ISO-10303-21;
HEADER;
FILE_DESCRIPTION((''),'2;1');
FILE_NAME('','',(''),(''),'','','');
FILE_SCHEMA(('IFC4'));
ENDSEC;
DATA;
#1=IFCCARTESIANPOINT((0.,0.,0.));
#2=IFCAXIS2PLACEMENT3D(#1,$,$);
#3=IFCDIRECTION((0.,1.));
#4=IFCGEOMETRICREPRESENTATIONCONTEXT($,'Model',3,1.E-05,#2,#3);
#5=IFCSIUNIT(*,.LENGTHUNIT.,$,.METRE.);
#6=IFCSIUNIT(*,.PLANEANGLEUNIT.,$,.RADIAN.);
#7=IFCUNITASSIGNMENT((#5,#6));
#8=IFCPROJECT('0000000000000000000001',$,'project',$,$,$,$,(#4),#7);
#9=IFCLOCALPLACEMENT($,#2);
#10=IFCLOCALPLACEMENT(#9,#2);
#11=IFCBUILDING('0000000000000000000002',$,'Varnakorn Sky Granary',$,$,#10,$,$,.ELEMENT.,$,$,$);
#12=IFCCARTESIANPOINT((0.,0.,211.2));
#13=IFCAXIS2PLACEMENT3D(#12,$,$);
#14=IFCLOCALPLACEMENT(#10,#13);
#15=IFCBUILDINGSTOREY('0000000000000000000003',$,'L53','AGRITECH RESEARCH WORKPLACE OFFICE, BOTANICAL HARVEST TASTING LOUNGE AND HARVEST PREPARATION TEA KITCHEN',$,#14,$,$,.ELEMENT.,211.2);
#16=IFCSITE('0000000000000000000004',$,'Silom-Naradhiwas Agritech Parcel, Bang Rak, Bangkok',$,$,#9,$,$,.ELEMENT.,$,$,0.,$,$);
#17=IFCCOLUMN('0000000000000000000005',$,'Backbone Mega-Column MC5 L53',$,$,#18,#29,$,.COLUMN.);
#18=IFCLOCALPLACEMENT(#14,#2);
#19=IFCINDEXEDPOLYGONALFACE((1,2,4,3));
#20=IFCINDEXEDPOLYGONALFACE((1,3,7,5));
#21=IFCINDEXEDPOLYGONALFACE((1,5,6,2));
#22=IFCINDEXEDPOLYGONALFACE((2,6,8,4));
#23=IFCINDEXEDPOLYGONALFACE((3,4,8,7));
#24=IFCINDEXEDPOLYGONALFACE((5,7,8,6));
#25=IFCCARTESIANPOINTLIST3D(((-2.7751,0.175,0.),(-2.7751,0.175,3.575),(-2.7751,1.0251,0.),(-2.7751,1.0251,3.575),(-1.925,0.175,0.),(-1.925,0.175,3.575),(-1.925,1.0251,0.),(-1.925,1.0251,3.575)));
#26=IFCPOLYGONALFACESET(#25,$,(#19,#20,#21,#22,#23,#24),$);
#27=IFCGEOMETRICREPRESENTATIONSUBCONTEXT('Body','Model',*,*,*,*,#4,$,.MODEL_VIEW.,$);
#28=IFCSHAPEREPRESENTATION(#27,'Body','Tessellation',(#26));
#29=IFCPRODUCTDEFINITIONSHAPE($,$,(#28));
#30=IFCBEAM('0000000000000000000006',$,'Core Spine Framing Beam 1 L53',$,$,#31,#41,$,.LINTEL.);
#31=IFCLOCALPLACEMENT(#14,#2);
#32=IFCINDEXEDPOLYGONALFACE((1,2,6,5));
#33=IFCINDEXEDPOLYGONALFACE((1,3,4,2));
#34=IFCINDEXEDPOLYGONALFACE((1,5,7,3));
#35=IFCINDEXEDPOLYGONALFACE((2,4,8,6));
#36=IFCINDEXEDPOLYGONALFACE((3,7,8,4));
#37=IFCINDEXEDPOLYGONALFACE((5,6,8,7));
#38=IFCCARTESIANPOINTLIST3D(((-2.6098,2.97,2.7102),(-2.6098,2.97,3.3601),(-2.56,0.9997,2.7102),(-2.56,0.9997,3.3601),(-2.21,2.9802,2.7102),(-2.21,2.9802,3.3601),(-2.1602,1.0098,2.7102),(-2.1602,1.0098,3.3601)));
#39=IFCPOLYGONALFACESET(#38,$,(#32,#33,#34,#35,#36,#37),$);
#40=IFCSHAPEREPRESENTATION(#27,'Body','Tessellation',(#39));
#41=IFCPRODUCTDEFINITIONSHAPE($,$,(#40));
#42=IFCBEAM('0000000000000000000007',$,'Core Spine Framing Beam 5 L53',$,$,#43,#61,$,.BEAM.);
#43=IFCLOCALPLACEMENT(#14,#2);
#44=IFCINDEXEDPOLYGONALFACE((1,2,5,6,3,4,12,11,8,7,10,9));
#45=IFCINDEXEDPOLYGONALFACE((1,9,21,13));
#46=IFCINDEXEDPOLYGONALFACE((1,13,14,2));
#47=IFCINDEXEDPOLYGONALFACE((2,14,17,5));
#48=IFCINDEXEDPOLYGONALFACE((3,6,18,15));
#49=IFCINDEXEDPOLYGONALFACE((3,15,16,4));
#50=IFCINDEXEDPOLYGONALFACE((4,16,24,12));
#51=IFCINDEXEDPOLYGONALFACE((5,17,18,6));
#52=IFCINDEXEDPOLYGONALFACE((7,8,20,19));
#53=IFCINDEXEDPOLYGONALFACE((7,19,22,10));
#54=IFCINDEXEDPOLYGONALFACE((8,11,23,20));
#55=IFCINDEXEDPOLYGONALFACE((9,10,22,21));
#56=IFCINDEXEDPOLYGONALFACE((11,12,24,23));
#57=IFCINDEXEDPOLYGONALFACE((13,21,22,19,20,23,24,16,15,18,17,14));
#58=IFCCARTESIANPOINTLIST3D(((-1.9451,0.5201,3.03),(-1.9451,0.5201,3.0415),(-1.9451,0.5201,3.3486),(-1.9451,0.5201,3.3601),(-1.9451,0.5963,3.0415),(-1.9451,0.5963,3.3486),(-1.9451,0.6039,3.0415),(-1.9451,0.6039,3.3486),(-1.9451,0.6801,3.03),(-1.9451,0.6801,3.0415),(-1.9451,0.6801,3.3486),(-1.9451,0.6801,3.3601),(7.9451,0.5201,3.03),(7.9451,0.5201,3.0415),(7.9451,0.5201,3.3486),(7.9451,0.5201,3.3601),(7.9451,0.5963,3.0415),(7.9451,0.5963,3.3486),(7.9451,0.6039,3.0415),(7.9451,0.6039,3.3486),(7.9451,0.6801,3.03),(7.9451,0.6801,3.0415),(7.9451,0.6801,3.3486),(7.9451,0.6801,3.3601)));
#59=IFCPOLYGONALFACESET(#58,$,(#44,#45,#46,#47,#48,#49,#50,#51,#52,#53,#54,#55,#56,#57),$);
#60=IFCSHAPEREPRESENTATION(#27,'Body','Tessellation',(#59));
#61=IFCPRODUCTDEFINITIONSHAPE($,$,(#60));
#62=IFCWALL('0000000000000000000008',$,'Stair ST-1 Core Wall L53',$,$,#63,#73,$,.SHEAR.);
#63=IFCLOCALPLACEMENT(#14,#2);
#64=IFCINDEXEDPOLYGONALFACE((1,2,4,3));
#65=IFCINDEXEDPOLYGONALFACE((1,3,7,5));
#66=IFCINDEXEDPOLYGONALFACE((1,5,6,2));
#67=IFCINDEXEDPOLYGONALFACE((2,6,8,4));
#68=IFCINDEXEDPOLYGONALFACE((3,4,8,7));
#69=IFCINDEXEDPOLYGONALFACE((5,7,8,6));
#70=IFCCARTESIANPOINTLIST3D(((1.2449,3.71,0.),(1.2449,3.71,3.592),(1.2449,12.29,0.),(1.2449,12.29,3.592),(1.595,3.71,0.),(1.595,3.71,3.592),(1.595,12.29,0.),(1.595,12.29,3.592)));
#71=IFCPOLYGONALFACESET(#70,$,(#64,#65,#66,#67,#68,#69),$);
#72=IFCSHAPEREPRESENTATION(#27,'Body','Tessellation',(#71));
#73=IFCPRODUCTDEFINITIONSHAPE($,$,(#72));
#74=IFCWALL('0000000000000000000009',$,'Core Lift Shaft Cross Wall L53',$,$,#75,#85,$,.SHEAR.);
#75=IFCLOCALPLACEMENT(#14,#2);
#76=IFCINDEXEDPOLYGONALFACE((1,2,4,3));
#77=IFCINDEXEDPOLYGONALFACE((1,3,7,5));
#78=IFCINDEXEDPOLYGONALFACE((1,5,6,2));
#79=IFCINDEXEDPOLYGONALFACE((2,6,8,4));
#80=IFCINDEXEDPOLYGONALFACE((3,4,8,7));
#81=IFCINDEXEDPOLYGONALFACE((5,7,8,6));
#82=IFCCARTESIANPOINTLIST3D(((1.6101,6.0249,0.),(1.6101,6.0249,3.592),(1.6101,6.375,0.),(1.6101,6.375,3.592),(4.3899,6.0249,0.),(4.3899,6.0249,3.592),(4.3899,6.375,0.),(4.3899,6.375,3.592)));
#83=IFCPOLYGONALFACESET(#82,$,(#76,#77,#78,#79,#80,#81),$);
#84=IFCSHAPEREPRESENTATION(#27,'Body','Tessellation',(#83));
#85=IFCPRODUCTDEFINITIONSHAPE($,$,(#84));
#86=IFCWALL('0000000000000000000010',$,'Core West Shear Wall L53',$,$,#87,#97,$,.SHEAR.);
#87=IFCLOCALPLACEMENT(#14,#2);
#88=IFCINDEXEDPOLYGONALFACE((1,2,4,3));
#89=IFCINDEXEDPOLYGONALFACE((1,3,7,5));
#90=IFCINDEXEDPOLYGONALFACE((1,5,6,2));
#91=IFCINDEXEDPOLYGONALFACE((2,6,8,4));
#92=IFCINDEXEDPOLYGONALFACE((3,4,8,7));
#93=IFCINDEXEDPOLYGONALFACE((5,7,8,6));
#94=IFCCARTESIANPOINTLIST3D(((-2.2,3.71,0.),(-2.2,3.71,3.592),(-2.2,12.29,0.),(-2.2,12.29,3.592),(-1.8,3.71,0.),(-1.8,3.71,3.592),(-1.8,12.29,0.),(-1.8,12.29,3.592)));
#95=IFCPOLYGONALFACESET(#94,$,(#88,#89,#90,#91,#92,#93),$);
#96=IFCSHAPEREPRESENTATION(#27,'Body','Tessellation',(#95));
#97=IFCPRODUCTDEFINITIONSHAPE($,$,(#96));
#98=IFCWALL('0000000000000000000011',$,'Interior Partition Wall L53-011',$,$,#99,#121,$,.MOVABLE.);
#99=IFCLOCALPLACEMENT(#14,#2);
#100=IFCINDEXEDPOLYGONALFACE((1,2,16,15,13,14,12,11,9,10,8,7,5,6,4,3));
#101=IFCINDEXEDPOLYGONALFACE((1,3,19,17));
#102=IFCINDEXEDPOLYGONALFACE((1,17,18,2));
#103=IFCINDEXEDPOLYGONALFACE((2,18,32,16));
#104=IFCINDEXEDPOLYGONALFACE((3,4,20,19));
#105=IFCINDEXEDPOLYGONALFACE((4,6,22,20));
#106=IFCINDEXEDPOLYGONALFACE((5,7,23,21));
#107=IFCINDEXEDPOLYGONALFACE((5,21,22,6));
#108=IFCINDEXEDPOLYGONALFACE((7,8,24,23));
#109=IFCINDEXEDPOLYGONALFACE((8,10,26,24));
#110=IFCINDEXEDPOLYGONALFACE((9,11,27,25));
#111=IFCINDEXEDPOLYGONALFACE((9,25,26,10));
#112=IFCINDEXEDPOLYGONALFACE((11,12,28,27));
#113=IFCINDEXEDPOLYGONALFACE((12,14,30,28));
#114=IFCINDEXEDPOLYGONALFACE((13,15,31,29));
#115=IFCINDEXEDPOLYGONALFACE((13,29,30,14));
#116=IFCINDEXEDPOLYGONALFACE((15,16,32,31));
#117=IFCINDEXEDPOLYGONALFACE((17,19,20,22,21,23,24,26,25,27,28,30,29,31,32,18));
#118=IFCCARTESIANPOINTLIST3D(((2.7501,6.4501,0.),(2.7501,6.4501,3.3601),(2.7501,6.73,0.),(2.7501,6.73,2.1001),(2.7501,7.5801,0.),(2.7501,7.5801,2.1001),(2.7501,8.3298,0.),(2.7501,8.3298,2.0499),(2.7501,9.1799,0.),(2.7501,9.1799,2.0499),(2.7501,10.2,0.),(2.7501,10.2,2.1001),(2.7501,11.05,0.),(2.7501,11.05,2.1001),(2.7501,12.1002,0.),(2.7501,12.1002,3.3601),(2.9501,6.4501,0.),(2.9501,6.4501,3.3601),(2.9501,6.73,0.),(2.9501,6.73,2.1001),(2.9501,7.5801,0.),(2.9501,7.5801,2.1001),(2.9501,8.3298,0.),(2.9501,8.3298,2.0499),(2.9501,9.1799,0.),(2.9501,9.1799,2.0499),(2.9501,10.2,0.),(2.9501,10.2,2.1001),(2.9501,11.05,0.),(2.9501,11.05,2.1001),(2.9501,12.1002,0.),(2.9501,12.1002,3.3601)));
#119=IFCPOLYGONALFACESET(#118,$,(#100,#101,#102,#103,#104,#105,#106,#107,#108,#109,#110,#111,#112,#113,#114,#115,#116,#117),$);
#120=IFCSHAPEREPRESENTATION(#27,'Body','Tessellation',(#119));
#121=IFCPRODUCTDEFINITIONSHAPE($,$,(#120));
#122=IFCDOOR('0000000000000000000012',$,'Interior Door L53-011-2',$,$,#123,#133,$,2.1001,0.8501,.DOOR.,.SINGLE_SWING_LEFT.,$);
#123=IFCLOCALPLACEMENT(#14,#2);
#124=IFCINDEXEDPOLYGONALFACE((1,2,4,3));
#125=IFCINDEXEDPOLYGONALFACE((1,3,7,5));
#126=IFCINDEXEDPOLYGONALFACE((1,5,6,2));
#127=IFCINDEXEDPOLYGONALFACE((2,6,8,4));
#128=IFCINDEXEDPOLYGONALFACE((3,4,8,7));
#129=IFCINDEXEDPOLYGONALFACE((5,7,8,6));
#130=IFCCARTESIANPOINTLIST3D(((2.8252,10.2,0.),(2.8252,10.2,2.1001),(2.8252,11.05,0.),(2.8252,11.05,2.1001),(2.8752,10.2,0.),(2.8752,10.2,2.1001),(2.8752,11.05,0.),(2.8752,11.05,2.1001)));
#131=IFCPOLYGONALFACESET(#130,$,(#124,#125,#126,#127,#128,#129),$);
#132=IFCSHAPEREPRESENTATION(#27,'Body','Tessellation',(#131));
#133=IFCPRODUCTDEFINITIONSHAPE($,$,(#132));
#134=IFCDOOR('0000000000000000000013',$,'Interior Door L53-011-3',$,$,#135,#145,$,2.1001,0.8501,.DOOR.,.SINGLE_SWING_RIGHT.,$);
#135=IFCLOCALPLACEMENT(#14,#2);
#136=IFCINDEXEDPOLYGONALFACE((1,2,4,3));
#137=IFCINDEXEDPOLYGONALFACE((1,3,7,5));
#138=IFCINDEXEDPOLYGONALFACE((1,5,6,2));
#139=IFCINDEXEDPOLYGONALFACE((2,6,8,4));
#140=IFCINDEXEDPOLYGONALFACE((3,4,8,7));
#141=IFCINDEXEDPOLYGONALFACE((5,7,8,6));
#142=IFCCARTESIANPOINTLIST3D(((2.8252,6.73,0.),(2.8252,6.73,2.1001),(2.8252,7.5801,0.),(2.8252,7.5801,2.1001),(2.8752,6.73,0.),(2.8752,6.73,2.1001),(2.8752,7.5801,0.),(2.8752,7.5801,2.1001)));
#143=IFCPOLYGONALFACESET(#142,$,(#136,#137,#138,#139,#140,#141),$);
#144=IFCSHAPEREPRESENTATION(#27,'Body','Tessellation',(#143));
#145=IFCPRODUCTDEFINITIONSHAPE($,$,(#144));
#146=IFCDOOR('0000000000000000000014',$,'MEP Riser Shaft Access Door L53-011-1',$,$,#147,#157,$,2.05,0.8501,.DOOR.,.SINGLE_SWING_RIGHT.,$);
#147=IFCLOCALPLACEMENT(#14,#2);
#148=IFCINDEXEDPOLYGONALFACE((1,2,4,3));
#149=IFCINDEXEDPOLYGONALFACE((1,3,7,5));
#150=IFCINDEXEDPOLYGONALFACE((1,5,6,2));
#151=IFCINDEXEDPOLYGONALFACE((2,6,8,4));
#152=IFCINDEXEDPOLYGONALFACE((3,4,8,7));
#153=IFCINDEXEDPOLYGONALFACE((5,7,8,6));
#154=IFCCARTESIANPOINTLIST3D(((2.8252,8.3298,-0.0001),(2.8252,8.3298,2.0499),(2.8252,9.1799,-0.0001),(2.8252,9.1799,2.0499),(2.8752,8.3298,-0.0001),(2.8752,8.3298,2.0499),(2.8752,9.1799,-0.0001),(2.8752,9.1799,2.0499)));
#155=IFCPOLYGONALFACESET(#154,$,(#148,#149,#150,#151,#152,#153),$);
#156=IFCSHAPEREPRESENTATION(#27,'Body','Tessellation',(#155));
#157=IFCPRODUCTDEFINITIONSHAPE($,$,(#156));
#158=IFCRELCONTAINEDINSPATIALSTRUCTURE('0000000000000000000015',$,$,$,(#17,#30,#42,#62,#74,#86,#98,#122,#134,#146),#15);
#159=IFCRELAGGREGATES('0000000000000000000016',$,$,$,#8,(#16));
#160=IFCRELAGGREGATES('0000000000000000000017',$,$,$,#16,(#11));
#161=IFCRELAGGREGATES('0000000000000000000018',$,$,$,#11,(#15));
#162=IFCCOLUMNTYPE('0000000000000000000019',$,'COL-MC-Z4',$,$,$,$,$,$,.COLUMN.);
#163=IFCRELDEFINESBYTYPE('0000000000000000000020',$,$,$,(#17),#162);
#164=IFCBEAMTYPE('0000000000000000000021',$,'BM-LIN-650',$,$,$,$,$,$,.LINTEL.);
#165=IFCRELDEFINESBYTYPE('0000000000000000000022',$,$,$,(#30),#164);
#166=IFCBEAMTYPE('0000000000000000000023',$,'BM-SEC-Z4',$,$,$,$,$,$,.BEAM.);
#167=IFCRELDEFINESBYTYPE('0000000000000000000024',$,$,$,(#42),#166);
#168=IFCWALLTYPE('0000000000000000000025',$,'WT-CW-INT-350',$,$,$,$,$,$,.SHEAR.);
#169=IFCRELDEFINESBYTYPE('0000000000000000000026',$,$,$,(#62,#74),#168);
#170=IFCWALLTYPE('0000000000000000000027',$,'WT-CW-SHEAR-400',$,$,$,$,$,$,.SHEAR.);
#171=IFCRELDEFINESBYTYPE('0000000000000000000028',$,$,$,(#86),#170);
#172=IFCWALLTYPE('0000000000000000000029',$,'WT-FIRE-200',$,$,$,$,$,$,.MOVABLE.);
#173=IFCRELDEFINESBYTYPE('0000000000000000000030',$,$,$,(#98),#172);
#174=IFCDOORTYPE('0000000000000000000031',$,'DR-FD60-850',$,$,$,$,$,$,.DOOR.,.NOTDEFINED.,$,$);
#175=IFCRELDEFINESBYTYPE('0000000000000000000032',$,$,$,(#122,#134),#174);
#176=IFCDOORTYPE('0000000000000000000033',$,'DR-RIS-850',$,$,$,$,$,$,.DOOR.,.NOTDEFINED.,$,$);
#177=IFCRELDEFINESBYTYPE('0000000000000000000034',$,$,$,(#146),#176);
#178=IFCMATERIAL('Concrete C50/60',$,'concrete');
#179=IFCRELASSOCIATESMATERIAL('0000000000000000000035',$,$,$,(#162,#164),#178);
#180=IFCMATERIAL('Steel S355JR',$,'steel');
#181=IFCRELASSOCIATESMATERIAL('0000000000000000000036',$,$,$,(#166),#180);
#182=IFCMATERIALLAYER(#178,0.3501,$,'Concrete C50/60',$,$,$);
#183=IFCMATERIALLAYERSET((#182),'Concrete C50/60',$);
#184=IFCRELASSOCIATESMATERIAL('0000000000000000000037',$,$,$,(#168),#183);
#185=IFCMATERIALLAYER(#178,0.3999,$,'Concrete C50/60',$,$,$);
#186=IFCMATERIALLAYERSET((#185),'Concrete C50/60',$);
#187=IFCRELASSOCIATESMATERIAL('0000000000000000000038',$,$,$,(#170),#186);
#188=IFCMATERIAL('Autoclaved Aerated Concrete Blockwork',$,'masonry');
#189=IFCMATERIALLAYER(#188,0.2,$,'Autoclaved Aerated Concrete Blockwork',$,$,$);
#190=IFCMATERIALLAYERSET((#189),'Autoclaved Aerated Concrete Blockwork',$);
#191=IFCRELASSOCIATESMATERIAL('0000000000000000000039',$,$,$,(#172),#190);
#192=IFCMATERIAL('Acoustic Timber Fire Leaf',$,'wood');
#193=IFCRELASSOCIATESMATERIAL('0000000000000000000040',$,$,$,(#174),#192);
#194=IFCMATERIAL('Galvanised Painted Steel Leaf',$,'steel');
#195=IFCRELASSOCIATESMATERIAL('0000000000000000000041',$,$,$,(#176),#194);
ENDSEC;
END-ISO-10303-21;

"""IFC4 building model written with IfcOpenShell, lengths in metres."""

from ifc_helpers import new_model, si_unit, direction, frame, frame_2d, origin, origin_2d, place, context, subcontext, project, spatial, rectangle, i_section, extrude, material, layer, layer_set, material_profile, profile_set, type_object, element, fill, save


model = new_model("IFC4")

# Units and contexts
model_context = context("Model", 3, precision=1e-05, world=origin(), true_north=direction((0.0, 1.0)))
body_context = subcontext(model_context, "Body", "Model", "MODEL_VIEW")
ifc_project = project(units=[si_unit("LENGTHUNIT", "METRE"), si_unit("PLANEANGLEUNIT", "RADIAN")], contexts=[model_context])

# Site, building, storey
site_placement = place(None, origin())
site = spatial("IfcSite", under=ifc_project, at=site_placement, Name="Silom-Naradhiwas Agritech Parcel, Bang Rak, Bangkok", CompositionType="ELEMENT", RefElevation=0.0)
building_placement = place(site_placement, origin())
building = spatial("IfcBuilding", under=site, at=building_placement, Name="Varnakorn Sky Granary", CompositionType="ELEMENT")
storey_placement = place(building_placement, frame((0.0, 0.0, 211.2)))
storey = spatial("IfcBuildingStorey", under=building, at=storey_placement, Name="L53", Description="AGRITECH RESEARCH WORKPLACE OFFICE, BOTANICAL HARVEST TASTING LOUNGE AND HARVEST PREPARATION TEA KITCHEN", CompositionType="ELEMENT", Elevation=211.2)

# Column
ifc_material_1 = material(Name="Concrete C50/60", Category="concrete")
ifc_material_profile_1 = material_profile(ifc_material_1, rectangle(XDim=0.8501, YDim=0.8501, at=origin_2d()), Name="RC 850x850")
ifc_profile_set_1 = profile_set([ifc_material_profile_1], Name="Concrete C50/60")
column_type = type_object("IfcColumnType", Name="COL-MC-Z4", PredefinedType="COLUMN", material=ifc_profile_set_1)
column_placement = place(storey_placement, frame((-2.3501, 0.6001, 0.0), z_axis=(0.0, 0.0, 1.0), x_axis=(1.0, 0.0, 0.0)))
element("IfcColumn", 1, at=column_placement, inside=storey, type_object=column_type, Name="Backbone Mega-Column MC5 L53", PredefinedType="COLUMN", context=body_context, shape_type="SweptSolid", body=[
    extrude(rectangle(XDim=0.8501, YDim=0.8501, at=origin_2d()), origin(), (0.0, 0.0, 1.0), 3.575),
])

# Beams
ifc_material_profile_2 = material_profile(ifc_material_1, rectangle(XDim=0.3999, YDim=0.6499, at=origin_2d()), Name="RC 400x650")
ifc_profile_set_2 = profile_set([ifc_material_profile_2], Name="Concrete C50/60")
beam_type_1 = type_object("IfcBeamType", Name="BM-LIN-650", PredefinedType="LINTEL", material=ifc_profile_set_2)
beam_1_placement = place(storey_placement, frame((-2.4099, 2.9751, 3.0352), z_axis=(0.025271, -0.999681, 0.0), x_axis=(0.999681, 0.025271, 0.0)))
element("IfcBeam", 2, at=beam_1_placement, inside=storey, type_object=beam_type_1, Name="Core Spine Framing Beam 1 L53", PredefinedType="LINTEL", context=body_context, shape_type="SweptSolid", body=[
    extrude(rectangle(XDim=0.3999, YDim=0.6499, at=origin_2d()), origin(), (0.0, 0.0, 1.0), 1.9709),
])
ifc_material_2 = material(Name="Steel S355JR", Category="steel")
ifc_material_profile_3 = material_profile(ifc_material_2, i_section(OverallWidth=0.1599, OverallDepth=0.3301, WebThickness=0.0076, FlangeThickness=0.0115, at=origin_2d()), Name="IPE 330")
ifc_profile_set_3 = profile_set([ifc_material_profile_3], Name="Steel S355JR")
beam_type_2 = type_object("IfcBeamType", Name="BM-SEC-Z4", PredefinedType="BEAM", material=ifc_profile_set_3)
beam_2_placement = place(storey_placement, frame((-1.9451, 0.6001, 3.1951), z_axis=(1.0, 0.0, 0.0), x_axis=(0.0, 1.0, 0.0)))
element("IfcBeam", 3, at=beam_2_placement, inside=storey, type_object=beam_type_2, Name="Core Spine Framing Beam 5 L53", PredefinedType="BEAM", context=body_context, shape_type="SweptSolid", body=[
    extrude(i_section(OverallWidth=0.1599, OverallDepth=0.3301, WebThickness=0.0076, FlangeThickness=0.0115, at=origin_2d()), origin(), (0.0, 0.0, 1.0), 9.8901),
])

# Walls
ifc_layer_1 = layer(ifc_material_1, 0.3501, Name="Concrete C50/60")
ifc_layer_set_1 = layer_set([ifc_layer_1], Name="Concrete C50/60")
wall_type_1 = type_object("IfcWallType", Name="WT-CW-INT-350", PredefinedType="SHEAR", material=ifc_layer_set_1)
wall_1_placement = place(storey_placement, frame((1.4199, 3.71, 0.0), z_axis=(0.0, 0.0, 1.0), x_axis=(0.0, 1.0, 0.0)))
element("IfcWall", 4, at=wall_1_placement, inside=storey, type_object=wall_type_1, Name="Stair ST-1 Core Wall L53", PredefinedType="SHEAR", context=body_context, shape_type="SweptSolid", body=[
    extrude(rectangle(XDim=8.5801, YDim=0.3501, at=frame_2d((4.29, 0.0))), origin(), (0.0, 0.0, 1.0), 3.592),
])
wall_2_placement = place(storey_placement, frame((1.6101, 6.2, 0.0), z_axis=(0.0, 0.0, 1.0), x_axis=(1.0, 0.0, 0.0)))
element("IfcWall", 5, at=wall_2_placement, inside=storey, type_object=wall_type_1, Name="Core Lift Shaft Cross Wall L53", PredefinedType="SHEAR", context=body_context, shape_type="SweptSolid", body=[
    extrude(rectangle(XDim=2.7798, YDim=0.3501, at=frame_2d((1.3899, 0.0))), origin(), (0.0, 0.0, 1.0), 3.592),
])

# Shared definitions
ifc_layer_2 = layer(ifc_material_1, 0.3999, Name="Concrete C50/60")
ifc_layer_set_2 = layer_set([ifc_layer_2], Name="Concrete C50/60")
wall_type_2 = type_object("IfcWallType", Name="WT-CW-SHEAR-400", PredefinedType="SHEAR", material=ifc_layer_set_2)
ifc_material_3 = material(Name="Galvanised Painted Steel Leaf", Category="steel")

# Wall
wall_3_placement = place(storey_placement, frame((-2.0, 3.71, 0.0), z_axis=(0.0, 0.0, 1.0), x_axis=(0.0, 1.0, 0.0)))
element("IfcWall", 6, at=wall_3_placement, inside=storey, type_object=wall_type_2, Name="Core West Shear Wall L53", PredefinedType="SHEAR", context=body_context, shape_type="SweptSolid", body=[
    extrude(rectangle(XDim=8.5801, YDim=0.3999, at=frame_2d((4.29, 0.0))), origin(), (0.0, 0.0, 1.0), 3.592),
])

# Wall, openings, doors
ifc_material_4 = material(Name="Autoclaved Aerated Concrete Blockwork", Category="masonry")
ifc_layer_3 = layer(ifc_material_4, 0.2, Name="Autoclaved Aerated Concrete Blockwork")
ifc_layer_set_3 = layer_set([ifc_layer_3], Name="Autoclaved Aerated Concrete Blockwork")
wall_type_3 = type_object("IfcWallType", Name="WT-FIRE-200", PredefinedType="MOVABLE", material=ifc_layer_set_3)
wall_4_placement = place(storey_placement, frame((2.8501, 6.45, 0.0), z_axis=(0.0, 0.0, 1.0), x_axis=(0.0, 1.0, 0.0)))
wall_4 = element("IfcWall", 7, at=wall_4_placement, inside=storey, type_object=wall_type_3, Name="Interior Partition Wall L53-011", PredefinedType="MOVABLE", context=body_context, shape_type="SweptSolid", body=[
    extrude(rectangle(XDim=5.6501, YDim=0.2, at=frame_2d((2.8252, 0.0))), origin(), (0.0, 0.0, 1.0), 3.3601),
])
opening_1_placement = place(wall_4_placement, frame((1.8799, 0.0, 0.0)))
opening_1 = element("IfcOpeningElement", 8, at=opening_1_placement, cuts=wall_4, PredefinedType="OPENING", context=body_context, shape_type="SweptSolid", body=[
    extrude(rectangle(XDim=0.8501, YDim=2.05, at=frame_2d((0.425, 1.0249))), frame((0.0, 0.1099, 0.0), z_axis=(0.0, -1.0, 0.0), x_axis=(1.0, 0.0, 0.0)), (0.0, 0.0, 1.0), 0.22),
])
opening_2_placement = place(wall_4_placement, frame((3.75, 0.0, 0.0)))
opening_2 = element("IfcOpeningElement", 9, at=opening_2_placement, cuts=wall_4, PredefinedType="OPENING", context=body_context, shape_type="SweptSolid", body=[
    extrude(rectangle(XDim=0.8501, YDim=2.1001, at=frame_2d((0.425, 1.05))), frame((0.0, 0.1099, 0.0), z_axis=(0.0, -1.0, 0.0), x_axis=(1.0, 0.0, 0.0)), (0.0, 0.0, 1.0), 0.22),
])
opening_3_placement = place(wall_4_placement, frame((0.28, 0.0, 0.0)))
opening_3 = element("IfcOpeningElement", 10, at=opening_3_placement, cuts=wall_4, PredefinedType="OPENING", context=body_context, shape_type="SweptSolid", body=[
    extrude(rectangle(XDim=0.8501, YDim=2.1001, at=frame_2d((0.425, 1.05))), frame((0.0, 0.1099, 0.0), z_axis=(0.0, -1.0, 0.0), x_axis=(1.0, 0.0, 0.0)), (0.0, 0.0, 1.0), 0.22),
])
ifc_material_5 = material(Name="Acoustic Timber Fire Leaf", Category="wood")
door_type_1 = type_object("IfcDoorType", Name="DR-FD60-850", OperationType="NOTDEFINED", PredefinedType="DOOR", material=ifc_material_5)
door_1_placement = place(opening_2_placement, origin())
door_1 = element("IfcDoor", 11, at=door_1_placement, inside=storey, type_object=door_type_1, Name="Interior Door L53-011-2", OperationType="SINGLE_SWING_LEFT", OverallHeight=2.1001, OverallWidth=0.8501, PredefinedType="DOOR", context=body_context, shape_type="SweptSolid", body=[
    extrude(rectangle(XDim=0.8501, YDim=2.1001, at=frame_2d((0.425, 1.05))), frame((0.0, 0.0249, 0.0), z_axis=(0.0, -1.0, 0.0), x_axis=(1.0, 0.0, 0.0)), (0.0, 0.0, 1.0), 0.05),
])
fill(opening_2, door_1)
door_2_placement = place(opening_3_placement, origin())
door_2 = element("IfcDoor", 12, at=door_2_placement, inside=storey, type_object=door_type_1, Name="Interior Door L53-011-3", OperationType="SINGLE_SWING_RIGHT", OverallHeight=2.1001, OverallWidth=0.8501, PredefinedType="DOOR", context=body_context, shape_type="SweptSolid", body=[
    extrude(rectangle(XDim=0.8501, YDim=2.1001, at=frame_2d((0.425, 1.05))), frame((0.0, 0.0249, 0.0), z_axis=(0.0, -1.0, 0.0), x_axis=(1.0, 0.0, 0.0)), (0.0, 0.0, 1.0), 0.05),
])
fill(opening_3, door_2)
door_type_2 = type_object("IfcDoorType", Name="DR-RIS-850", OperationType="NOTDEFINED", PredefinedType="DOOR", material=ifc_material_3)
door_3_placement = place(opening_1_placement, origin())
door_3 = element("IfcDoor", 13, at=door_3_placement, inside=storey, type_object=door_type_2, Name="MEP Riser Shaft Access Door L53-011-1", OperationType="SINGLE_SWING_RIGHT", OverallHeight=2.05, OverallWidth=0.8501, PredefinedType="DOOR", context=body_context, shape_type="SweptSolid", body=[
    extrude(rectangle(XDim=0.8501, YDim=2.05, at=frame_2d((0.425, 1.0249))), frame((0.0, 0.0249, 0.0), z_axis=(0.0, -1.0, 0.0), x_axis=(1.0, 0.0, 0.0)), (0.0, 0.0, 1.0), 0.05),
])
fill(opening_1, door_3)

save(model, "model.ifc")
